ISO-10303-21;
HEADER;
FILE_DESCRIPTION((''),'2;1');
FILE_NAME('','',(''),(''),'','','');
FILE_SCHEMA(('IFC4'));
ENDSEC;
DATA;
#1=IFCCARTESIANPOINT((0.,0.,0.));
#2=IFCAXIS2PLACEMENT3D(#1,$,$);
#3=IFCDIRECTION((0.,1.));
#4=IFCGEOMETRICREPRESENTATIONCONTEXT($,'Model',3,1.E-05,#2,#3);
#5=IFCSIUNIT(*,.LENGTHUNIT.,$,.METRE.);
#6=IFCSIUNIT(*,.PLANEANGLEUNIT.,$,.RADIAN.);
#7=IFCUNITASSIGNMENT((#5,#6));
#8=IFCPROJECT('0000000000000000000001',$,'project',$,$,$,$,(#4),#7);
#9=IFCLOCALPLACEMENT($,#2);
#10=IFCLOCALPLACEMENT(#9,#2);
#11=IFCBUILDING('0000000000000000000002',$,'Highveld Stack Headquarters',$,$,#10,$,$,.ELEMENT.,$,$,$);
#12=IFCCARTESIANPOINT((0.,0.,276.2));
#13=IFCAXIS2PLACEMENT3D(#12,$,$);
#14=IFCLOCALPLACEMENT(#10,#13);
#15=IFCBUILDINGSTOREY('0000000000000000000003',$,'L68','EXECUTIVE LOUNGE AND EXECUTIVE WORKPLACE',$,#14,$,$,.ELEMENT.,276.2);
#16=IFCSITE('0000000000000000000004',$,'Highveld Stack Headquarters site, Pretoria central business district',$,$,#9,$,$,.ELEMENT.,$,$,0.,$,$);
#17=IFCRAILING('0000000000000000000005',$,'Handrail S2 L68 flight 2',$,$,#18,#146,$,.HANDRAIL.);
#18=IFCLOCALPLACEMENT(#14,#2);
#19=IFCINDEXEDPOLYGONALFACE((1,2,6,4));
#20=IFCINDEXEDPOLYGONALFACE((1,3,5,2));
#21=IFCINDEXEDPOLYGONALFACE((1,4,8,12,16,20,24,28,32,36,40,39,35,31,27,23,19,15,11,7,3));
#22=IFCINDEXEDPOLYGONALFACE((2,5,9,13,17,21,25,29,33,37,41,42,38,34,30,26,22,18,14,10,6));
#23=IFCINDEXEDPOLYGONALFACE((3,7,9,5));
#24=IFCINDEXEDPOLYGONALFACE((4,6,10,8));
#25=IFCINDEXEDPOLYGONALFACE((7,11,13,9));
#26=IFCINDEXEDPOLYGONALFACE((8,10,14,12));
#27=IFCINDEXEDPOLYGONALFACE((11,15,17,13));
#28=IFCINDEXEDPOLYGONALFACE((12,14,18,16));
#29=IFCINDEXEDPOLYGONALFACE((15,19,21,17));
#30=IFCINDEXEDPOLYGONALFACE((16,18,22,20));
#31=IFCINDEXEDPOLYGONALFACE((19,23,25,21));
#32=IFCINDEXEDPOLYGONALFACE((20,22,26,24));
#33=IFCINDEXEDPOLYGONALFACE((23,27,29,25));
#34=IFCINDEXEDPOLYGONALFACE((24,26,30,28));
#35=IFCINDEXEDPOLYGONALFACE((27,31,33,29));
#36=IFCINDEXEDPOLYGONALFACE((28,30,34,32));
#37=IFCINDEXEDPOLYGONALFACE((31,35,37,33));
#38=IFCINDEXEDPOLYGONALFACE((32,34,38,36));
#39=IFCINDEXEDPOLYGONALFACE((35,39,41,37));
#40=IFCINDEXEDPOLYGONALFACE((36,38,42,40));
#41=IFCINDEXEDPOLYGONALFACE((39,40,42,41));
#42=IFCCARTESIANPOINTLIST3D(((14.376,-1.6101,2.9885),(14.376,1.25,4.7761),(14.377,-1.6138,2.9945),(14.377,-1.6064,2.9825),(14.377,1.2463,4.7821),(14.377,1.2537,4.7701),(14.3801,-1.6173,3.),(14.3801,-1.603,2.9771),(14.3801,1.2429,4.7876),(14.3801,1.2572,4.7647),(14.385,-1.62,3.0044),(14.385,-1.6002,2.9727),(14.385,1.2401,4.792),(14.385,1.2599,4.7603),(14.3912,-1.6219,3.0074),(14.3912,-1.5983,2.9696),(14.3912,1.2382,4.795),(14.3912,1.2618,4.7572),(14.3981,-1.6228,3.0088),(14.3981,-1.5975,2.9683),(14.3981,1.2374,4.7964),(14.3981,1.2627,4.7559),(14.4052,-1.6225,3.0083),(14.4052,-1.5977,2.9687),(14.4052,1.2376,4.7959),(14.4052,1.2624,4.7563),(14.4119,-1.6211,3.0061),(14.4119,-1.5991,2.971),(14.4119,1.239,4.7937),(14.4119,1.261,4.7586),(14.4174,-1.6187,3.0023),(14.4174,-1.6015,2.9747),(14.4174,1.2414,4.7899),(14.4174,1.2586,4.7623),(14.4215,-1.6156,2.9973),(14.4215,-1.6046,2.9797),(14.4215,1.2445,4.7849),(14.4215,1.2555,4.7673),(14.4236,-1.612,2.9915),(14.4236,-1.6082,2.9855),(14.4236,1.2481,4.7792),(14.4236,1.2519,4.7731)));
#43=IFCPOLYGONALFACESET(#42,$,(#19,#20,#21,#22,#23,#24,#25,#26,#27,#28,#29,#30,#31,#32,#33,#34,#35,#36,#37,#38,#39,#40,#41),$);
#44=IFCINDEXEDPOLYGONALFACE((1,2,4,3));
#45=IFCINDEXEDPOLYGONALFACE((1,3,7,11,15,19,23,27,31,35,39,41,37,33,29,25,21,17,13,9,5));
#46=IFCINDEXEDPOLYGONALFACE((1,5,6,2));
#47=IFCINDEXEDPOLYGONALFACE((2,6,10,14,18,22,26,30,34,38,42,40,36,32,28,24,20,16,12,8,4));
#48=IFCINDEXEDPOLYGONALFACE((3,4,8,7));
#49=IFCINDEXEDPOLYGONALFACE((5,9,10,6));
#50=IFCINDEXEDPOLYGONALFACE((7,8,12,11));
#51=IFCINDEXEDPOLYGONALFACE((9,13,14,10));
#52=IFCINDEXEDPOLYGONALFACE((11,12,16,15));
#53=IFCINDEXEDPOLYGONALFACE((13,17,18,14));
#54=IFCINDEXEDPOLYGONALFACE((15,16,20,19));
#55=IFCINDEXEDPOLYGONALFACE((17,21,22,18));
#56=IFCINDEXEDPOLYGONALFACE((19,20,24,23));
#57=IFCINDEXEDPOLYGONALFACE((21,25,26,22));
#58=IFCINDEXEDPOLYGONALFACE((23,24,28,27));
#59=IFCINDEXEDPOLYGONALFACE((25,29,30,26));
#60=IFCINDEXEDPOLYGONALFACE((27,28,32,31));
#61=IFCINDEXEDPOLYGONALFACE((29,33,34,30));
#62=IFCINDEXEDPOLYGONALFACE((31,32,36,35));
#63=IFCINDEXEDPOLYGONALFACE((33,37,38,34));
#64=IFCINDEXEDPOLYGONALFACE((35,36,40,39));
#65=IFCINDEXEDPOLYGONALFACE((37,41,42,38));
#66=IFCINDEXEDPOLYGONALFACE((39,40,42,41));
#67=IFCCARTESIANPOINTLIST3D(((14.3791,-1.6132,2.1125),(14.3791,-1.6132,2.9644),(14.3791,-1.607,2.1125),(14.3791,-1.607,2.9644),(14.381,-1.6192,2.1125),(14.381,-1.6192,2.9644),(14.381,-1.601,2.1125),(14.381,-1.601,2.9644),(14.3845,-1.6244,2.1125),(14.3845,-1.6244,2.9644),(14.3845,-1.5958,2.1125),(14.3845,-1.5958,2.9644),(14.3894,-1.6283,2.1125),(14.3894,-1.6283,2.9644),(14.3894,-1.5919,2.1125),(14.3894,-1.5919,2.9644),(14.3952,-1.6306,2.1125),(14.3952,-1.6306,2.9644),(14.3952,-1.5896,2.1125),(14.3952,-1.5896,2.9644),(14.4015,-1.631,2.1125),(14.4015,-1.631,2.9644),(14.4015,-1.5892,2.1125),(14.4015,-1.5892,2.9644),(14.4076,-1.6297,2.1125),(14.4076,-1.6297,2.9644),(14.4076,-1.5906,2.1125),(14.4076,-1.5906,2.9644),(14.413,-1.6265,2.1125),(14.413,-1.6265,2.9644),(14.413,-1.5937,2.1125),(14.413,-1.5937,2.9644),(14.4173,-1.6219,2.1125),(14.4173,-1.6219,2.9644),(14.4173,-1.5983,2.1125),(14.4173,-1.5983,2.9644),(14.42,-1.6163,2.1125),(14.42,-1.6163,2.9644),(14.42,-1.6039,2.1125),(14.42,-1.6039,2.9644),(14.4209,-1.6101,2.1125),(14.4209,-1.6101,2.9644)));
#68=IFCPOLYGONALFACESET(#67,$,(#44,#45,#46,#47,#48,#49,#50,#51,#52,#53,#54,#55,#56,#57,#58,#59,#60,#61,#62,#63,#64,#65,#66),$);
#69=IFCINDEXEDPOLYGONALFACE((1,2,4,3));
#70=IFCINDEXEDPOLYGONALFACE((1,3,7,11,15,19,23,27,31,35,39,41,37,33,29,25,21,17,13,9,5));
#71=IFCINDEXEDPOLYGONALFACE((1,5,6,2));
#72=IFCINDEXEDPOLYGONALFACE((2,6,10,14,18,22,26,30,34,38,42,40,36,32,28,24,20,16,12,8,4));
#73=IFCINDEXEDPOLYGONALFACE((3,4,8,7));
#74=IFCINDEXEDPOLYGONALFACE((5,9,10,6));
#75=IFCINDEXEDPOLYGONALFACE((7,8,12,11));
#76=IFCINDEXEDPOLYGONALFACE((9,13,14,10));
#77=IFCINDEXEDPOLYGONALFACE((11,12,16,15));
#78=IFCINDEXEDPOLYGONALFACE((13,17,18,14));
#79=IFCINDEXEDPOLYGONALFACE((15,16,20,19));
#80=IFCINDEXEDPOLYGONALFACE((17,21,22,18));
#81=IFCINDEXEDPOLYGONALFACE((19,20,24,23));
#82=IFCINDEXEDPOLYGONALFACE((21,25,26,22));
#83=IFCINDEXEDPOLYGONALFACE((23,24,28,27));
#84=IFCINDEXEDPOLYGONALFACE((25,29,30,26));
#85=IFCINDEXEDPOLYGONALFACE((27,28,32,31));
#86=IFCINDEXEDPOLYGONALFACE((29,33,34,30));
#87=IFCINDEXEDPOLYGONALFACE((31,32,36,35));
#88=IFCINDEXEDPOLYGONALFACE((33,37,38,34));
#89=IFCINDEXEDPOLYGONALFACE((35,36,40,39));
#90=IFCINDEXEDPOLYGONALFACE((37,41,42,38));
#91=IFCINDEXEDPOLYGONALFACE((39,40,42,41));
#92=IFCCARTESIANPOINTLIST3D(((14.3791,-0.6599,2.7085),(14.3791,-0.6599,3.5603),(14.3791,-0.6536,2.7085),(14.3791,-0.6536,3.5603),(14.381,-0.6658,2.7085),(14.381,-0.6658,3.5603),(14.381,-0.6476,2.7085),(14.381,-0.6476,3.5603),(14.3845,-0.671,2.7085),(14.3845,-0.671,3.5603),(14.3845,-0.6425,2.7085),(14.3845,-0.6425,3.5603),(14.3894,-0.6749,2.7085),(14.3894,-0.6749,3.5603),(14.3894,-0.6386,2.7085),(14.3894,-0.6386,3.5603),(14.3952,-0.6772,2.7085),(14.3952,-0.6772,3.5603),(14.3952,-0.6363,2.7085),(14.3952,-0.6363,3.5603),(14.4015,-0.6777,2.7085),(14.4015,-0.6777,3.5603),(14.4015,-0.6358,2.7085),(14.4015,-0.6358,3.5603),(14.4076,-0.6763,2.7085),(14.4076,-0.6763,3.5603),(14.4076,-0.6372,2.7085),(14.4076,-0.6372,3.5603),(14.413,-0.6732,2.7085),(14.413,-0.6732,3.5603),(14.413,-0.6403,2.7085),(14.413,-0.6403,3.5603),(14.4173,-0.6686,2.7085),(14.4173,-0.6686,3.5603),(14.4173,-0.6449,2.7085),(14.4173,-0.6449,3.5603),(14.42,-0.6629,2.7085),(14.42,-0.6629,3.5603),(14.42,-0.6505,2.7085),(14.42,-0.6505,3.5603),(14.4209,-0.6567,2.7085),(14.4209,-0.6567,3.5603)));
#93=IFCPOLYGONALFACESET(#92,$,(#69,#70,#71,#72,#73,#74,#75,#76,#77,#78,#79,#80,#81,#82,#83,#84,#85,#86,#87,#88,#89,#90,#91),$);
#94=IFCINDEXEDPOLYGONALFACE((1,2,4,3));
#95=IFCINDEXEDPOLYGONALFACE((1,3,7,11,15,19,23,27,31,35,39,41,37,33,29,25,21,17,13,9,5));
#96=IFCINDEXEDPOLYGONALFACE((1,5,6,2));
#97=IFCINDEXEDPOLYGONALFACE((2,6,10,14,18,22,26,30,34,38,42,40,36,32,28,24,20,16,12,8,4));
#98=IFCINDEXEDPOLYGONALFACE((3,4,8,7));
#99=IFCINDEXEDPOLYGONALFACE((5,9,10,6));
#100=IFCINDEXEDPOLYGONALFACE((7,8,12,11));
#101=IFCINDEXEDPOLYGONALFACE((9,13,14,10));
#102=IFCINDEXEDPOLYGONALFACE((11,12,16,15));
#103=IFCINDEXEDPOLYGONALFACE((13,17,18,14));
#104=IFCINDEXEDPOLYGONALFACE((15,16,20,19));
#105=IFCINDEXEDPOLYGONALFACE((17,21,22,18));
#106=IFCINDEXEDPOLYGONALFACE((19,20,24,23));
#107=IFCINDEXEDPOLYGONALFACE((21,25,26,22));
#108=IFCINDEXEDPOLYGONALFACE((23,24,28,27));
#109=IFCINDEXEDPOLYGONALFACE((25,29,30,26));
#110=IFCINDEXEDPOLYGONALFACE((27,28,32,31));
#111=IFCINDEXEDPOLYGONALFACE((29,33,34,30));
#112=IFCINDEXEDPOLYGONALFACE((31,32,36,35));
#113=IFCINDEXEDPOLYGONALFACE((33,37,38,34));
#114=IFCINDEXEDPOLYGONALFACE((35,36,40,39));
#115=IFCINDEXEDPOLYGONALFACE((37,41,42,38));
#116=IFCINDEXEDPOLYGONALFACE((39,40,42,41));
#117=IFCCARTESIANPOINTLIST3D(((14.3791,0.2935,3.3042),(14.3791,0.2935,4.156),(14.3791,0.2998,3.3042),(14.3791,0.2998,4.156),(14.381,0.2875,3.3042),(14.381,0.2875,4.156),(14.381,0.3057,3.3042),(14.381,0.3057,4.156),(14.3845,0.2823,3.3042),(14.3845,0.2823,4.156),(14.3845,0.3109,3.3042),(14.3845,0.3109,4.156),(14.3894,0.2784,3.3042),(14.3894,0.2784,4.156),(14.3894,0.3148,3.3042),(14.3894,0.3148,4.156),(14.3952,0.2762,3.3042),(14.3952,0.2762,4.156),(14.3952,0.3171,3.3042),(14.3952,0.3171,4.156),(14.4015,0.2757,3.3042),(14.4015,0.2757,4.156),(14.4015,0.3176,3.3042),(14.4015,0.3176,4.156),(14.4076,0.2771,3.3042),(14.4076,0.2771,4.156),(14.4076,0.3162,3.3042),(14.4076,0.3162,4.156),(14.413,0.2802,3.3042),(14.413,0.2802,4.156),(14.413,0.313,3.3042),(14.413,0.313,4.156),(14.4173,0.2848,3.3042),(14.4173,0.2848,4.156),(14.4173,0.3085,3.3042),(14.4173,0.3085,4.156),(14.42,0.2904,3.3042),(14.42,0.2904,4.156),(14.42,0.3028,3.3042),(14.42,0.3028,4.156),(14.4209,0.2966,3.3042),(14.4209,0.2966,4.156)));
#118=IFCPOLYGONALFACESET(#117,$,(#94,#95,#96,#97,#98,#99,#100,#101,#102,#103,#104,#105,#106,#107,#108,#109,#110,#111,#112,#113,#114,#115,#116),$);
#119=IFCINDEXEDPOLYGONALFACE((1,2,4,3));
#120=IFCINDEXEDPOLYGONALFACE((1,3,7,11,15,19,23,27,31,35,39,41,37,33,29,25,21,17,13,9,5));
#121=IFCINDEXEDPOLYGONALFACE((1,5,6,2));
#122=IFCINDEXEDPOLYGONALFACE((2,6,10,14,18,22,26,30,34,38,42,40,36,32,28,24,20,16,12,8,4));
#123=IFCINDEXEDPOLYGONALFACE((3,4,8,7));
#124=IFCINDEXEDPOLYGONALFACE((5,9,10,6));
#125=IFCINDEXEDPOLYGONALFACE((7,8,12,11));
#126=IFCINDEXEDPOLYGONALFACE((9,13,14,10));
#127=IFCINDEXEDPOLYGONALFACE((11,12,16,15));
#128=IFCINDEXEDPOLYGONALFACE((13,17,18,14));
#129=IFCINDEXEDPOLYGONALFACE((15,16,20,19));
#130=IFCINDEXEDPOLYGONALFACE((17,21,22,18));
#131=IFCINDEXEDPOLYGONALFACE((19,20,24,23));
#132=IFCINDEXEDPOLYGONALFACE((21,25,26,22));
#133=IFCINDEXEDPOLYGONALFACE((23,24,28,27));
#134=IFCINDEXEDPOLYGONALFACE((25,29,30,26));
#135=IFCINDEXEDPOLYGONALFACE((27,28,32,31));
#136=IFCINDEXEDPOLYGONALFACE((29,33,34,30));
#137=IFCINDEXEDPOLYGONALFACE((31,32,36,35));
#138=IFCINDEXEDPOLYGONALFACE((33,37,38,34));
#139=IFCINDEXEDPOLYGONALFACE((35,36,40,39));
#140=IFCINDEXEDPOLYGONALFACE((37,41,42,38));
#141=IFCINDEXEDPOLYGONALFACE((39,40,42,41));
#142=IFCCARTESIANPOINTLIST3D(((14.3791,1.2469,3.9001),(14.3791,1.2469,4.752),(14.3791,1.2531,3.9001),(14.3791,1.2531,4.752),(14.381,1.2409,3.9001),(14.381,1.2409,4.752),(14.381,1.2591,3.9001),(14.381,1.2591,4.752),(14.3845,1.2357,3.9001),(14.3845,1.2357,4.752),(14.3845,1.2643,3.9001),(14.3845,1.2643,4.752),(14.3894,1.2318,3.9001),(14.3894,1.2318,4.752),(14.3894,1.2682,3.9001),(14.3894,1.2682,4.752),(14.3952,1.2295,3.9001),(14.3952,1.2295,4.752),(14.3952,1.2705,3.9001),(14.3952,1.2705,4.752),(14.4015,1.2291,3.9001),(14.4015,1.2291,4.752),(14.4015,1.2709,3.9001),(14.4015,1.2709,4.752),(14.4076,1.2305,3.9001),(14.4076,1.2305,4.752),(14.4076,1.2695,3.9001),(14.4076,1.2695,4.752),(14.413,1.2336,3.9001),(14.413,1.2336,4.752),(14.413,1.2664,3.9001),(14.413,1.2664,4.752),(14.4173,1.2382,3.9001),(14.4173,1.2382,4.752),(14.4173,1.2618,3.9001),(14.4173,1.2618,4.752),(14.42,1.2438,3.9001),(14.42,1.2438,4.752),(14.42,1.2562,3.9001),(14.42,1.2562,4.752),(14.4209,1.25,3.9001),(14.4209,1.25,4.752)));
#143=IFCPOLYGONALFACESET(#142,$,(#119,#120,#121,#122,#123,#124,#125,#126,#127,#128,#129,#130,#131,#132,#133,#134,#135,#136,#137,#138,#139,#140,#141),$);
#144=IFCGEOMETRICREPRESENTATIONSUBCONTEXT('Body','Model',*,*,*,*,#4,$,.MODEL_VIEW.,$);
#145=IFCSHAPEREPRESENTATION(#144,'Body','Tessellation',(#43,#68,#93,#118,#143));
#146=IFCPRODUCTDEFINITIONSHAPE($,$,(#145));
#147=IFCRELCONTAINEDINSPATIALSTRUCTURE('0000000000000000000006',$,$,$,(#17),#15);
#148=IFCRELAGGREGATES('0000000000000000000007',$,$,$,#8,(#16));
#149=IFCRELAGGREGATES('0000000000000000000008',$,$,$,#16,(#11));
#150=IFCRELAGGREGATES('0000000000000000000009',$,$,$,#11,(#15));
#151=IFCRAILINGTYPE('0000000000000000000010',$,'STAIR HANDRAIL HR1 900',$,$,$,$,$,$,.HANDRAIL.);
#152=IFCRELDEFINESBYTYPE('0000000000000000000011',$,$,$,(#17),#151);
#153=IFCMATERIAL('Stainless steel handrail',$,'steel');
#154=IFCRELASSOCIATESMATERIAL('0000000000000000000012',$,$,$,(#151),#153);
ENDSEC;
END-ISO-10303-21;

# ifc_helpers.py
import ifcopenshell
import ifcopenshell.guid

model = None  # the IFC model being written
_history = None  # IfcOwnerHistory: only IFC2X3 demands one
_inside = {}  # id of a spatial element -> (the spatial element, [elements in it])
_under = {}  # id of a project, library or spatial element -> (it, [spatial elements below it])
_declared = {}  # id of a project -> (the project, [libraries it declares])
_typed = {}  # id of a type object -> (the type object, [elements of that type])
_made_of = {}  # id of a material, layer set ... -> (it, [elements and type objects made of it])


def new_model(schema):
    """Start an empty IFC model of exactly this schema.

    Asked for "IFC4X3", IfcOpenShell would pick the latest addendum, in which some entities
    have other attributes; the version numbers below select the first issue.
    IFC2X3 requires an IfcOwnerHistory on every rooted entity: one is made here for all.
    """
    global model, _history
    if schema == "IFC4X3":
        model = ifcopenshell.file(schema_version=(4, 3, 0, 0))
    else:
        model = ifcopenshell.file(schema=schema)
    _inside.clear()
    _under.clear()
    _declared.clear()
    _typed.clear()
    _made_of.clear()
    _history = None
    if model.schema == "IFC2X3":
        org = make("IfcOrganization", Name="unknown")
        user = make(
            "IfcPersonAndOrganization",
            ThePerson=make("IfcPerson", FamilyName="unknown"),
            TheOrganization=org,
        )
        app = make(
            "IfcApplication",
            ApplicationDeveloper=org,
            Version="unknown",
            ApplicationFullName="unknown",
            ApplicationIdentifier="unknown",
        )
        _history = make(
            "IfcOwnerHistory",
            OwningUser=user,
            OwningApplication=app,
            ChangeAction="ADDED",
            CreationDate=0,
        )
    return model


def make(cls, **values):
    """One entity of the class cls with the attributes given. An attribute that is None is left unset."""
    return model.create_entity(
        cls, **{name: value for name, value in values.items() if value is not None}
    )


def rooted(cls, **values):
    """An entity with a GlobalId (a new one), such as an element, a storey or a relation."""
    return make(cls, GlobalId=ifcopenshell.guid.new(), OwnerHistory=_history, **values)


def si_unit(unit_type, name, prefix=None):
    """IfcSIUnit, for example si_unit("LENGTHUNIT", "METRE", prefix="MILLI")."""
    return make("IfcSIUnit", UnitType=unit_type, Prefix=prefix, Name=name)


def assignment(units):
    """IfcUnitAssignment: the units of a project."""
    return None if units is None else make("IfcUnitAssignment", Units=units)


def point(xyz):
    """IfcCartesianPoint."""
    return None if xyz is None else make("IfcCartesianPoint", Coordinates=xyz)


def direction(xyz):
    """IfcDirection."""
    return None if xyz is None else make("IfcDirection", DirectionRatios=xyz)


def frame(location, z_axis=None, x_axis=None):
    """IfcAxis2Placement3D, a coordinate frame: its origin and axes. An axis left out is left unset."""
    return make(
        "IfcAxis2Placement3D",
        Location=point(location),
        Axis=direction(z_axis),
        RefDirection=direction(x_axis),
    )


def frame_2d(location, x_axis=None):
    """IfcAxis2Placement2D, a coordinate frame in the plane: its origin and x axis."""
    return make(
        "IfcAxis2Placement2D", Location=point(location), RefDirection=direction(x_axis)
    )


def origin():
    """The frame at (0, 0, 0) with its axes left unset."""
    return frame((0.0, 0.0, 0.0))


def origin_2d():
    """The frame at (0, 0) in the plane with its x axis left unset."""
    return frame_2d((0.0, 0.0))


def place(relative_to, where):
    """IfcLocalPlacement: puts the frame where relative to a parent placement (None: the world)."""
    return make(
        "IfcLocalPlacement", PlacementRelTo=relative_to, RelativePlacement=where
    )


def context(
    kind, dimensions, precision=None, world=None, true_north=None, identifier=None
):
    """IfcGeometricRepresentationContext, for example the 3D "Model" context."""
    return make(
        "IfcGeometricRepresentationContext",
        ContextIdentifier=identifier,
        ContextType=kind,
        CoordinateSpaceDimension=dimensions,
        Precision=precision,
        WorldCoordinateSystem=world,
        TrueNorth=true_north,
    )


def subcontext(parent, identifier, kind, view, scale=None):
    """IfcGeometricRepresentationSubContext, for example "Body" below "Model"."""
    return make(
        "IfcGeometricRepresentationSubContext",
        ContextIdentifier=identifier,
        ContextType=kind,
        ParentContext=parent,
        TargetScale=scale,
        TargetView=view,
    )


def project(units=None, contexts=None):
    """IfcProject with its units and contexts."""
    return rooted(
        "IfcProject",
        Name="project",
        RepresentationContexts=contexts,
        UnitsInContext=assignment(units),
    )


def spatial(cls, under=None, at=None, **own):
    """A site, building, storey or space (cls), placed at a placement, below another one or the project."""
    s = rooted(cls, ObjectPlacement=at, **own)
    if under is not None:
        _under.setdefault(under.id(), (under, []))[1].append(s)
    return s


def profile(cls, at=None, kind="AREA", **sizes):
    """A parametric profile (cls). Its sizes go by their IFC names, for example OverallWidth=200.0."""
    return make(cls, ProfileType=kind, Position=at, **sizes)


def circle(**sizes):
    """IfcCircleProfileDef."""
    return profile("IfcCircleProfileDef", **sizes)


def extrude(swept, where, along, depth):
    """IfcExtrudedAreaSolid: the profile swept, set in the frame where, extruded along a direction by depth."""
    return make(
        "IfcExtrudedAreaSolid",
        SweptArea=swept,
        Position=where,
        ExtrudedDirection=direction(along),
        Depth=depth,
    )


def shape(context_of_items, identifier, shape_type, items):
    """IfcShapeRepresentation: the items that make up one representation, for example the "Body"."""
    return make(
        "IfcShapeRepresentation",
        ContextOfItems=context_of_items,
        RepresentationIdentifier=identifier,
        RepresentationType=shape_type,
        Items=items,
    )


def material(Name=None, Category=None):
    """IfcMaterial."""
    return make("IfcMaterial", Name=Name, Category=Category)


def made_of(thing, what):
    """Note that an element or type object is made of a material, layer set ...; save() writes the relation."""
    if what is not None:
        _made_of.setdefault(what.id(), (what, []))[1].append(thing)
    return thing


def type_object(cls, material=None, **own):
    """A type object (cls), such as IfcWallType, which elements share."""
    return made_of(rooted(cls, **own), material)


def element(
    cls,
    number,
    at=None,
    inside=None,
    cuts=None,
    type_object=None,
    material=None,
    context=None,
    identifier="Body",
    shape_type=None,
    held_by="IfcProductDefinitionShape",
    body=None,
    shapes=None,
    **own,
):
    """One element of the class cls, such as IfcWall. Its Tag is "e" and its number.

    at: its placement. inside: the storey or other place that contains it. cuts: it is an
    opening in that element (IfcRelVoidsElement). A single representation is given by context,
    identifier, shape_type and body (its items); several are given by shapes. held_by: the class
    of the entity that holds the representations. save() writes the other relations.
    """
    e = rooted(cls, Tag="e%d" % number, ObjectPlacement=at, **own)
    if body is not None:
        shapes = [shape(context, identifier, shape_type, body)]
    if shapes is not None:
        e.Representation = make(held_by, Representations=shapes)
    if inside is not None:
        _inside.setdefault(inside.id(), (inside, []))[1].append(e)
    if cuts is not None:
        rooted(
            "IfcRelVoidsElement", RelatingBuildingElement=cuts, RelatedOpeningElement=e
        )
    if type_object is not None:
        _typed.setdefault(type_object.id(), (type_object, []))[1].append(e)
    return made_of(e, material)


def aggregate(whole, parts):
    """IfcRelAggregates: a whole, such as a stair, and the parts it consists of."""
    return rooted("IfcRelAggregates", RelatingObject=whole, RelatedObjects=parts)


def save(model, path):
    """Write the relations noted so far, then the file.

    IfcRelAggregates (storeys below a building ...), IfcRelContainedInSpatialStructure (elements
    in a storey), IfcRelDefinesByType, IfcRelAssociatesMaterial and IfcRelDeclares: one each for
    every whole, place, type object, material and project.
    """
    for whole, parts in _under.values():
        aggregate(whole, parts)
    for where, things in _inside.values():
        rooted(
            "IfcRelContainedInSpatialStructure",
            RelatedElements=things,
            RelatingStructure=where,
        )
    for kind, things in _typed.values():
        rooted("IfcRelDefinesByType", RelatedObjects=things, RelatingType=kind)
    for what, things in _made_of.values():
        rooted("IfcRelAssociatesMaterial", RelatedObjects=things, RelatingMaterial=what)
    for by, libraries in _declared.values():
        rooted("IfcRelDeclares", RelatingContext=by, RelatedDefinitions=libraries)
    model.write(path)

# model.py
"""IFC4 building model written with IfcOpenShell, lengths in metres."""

from ifc_helpers import new_model, si_unit, direction, frame, origin, origin_2d, place, context, subcontext, project, spatial, circle, extrude, material, type_object, element, save


model = new_model("IFC4")

# Units and contexts
model_context = context("Model", 3, precision=1e-05, world=origin(), true_north=direction((0.0, 1.0)))
body_context = subcontext(model_context, "Body", "Model", "MODEL_VIEW")
ifc_project = project(units=[si_unit("LENGTHUNIT", "METRE"), si_unit("PLANEANGLEUNIT", "RADIAN")], contexts=[model_context])

# Site, building, storey
site_placement = place(None, origin())
site = spatial("IfcSite", under=ifc_project, at=site_placement, Name="Highveld Stack Headquarters site, Pretoria central business district", CompositionType="ELEMENT", RefElevation=0.0)
building_placement = place(site_placement, origin())
building = spatial("IfcBuilding", under=site, at=building_placement, Name="Highveld Stack Headquarters", CompositionType="ELEMENT")
storey_placement = place(building_placement, frame((0.0, 0.0, 276.2)))
storey = spatial("IfcBuildingStorey", under=building, at=storey_placement, Name="L68", Description="EXECUTIVE LOUNGE AND EXECUTIVE WORKPLACE", CompositionType="ELEMENT", Elevation=276.2)

# Railing
ifc_material_1 = material(Name="Stainless steel handrail", Category="steel")
railing_type = type_object("IfcRailingType", Name="STAIR HANDRAIL HR1 900", PredefinedType="HANDRAIL", material=ifc_material_1)
for number, where, name in (
    (1, (14.3999, -1.6101, 2.1125), "Handrail S2 L68 flight 2"),
):
    element("IfcRailing", number, at=place(storey_placement, frame(where)), inside=storey, type_object=railing_type, Name=name, PredefinedType="HANDRAIL", context=body_context, shape_type="SweptSolid", body=[
        extrude(circle(Radius=0.0239, at=origin_2d()), frame((0.0, 0.0, 0.876), z_axis=(0.0, 0.847994, 0.530005), x_axis=(-1.0, 0.0, 0.0)), (0.0, 0.0, 1.0), 3.3728),
        extrude(circle(Radius=0.021, at=origin_2d()), origin(), (0.0, 0.0, 1.0), 0.8518),
        extrude(circle(Radius=0.021, at=origin_2d()), frame((0.0, 0.9534, 0.5959)), (0.0, 0.0, 1.0), 0.8518),
        extrude(circle(Radius=0.021, at=origin_2d()), frame((0.0, 1.9067, 1.1917)), (0.0, 0.0, 1.0), 0.8518),
        extrude(circle(Radius=0.021, at=origin_2d()), frame((0.0, 2.8601, 1.7876)), (0.0, 0.0, 1.0), 0.8518),
    ])

save(model, "model.ifc")
